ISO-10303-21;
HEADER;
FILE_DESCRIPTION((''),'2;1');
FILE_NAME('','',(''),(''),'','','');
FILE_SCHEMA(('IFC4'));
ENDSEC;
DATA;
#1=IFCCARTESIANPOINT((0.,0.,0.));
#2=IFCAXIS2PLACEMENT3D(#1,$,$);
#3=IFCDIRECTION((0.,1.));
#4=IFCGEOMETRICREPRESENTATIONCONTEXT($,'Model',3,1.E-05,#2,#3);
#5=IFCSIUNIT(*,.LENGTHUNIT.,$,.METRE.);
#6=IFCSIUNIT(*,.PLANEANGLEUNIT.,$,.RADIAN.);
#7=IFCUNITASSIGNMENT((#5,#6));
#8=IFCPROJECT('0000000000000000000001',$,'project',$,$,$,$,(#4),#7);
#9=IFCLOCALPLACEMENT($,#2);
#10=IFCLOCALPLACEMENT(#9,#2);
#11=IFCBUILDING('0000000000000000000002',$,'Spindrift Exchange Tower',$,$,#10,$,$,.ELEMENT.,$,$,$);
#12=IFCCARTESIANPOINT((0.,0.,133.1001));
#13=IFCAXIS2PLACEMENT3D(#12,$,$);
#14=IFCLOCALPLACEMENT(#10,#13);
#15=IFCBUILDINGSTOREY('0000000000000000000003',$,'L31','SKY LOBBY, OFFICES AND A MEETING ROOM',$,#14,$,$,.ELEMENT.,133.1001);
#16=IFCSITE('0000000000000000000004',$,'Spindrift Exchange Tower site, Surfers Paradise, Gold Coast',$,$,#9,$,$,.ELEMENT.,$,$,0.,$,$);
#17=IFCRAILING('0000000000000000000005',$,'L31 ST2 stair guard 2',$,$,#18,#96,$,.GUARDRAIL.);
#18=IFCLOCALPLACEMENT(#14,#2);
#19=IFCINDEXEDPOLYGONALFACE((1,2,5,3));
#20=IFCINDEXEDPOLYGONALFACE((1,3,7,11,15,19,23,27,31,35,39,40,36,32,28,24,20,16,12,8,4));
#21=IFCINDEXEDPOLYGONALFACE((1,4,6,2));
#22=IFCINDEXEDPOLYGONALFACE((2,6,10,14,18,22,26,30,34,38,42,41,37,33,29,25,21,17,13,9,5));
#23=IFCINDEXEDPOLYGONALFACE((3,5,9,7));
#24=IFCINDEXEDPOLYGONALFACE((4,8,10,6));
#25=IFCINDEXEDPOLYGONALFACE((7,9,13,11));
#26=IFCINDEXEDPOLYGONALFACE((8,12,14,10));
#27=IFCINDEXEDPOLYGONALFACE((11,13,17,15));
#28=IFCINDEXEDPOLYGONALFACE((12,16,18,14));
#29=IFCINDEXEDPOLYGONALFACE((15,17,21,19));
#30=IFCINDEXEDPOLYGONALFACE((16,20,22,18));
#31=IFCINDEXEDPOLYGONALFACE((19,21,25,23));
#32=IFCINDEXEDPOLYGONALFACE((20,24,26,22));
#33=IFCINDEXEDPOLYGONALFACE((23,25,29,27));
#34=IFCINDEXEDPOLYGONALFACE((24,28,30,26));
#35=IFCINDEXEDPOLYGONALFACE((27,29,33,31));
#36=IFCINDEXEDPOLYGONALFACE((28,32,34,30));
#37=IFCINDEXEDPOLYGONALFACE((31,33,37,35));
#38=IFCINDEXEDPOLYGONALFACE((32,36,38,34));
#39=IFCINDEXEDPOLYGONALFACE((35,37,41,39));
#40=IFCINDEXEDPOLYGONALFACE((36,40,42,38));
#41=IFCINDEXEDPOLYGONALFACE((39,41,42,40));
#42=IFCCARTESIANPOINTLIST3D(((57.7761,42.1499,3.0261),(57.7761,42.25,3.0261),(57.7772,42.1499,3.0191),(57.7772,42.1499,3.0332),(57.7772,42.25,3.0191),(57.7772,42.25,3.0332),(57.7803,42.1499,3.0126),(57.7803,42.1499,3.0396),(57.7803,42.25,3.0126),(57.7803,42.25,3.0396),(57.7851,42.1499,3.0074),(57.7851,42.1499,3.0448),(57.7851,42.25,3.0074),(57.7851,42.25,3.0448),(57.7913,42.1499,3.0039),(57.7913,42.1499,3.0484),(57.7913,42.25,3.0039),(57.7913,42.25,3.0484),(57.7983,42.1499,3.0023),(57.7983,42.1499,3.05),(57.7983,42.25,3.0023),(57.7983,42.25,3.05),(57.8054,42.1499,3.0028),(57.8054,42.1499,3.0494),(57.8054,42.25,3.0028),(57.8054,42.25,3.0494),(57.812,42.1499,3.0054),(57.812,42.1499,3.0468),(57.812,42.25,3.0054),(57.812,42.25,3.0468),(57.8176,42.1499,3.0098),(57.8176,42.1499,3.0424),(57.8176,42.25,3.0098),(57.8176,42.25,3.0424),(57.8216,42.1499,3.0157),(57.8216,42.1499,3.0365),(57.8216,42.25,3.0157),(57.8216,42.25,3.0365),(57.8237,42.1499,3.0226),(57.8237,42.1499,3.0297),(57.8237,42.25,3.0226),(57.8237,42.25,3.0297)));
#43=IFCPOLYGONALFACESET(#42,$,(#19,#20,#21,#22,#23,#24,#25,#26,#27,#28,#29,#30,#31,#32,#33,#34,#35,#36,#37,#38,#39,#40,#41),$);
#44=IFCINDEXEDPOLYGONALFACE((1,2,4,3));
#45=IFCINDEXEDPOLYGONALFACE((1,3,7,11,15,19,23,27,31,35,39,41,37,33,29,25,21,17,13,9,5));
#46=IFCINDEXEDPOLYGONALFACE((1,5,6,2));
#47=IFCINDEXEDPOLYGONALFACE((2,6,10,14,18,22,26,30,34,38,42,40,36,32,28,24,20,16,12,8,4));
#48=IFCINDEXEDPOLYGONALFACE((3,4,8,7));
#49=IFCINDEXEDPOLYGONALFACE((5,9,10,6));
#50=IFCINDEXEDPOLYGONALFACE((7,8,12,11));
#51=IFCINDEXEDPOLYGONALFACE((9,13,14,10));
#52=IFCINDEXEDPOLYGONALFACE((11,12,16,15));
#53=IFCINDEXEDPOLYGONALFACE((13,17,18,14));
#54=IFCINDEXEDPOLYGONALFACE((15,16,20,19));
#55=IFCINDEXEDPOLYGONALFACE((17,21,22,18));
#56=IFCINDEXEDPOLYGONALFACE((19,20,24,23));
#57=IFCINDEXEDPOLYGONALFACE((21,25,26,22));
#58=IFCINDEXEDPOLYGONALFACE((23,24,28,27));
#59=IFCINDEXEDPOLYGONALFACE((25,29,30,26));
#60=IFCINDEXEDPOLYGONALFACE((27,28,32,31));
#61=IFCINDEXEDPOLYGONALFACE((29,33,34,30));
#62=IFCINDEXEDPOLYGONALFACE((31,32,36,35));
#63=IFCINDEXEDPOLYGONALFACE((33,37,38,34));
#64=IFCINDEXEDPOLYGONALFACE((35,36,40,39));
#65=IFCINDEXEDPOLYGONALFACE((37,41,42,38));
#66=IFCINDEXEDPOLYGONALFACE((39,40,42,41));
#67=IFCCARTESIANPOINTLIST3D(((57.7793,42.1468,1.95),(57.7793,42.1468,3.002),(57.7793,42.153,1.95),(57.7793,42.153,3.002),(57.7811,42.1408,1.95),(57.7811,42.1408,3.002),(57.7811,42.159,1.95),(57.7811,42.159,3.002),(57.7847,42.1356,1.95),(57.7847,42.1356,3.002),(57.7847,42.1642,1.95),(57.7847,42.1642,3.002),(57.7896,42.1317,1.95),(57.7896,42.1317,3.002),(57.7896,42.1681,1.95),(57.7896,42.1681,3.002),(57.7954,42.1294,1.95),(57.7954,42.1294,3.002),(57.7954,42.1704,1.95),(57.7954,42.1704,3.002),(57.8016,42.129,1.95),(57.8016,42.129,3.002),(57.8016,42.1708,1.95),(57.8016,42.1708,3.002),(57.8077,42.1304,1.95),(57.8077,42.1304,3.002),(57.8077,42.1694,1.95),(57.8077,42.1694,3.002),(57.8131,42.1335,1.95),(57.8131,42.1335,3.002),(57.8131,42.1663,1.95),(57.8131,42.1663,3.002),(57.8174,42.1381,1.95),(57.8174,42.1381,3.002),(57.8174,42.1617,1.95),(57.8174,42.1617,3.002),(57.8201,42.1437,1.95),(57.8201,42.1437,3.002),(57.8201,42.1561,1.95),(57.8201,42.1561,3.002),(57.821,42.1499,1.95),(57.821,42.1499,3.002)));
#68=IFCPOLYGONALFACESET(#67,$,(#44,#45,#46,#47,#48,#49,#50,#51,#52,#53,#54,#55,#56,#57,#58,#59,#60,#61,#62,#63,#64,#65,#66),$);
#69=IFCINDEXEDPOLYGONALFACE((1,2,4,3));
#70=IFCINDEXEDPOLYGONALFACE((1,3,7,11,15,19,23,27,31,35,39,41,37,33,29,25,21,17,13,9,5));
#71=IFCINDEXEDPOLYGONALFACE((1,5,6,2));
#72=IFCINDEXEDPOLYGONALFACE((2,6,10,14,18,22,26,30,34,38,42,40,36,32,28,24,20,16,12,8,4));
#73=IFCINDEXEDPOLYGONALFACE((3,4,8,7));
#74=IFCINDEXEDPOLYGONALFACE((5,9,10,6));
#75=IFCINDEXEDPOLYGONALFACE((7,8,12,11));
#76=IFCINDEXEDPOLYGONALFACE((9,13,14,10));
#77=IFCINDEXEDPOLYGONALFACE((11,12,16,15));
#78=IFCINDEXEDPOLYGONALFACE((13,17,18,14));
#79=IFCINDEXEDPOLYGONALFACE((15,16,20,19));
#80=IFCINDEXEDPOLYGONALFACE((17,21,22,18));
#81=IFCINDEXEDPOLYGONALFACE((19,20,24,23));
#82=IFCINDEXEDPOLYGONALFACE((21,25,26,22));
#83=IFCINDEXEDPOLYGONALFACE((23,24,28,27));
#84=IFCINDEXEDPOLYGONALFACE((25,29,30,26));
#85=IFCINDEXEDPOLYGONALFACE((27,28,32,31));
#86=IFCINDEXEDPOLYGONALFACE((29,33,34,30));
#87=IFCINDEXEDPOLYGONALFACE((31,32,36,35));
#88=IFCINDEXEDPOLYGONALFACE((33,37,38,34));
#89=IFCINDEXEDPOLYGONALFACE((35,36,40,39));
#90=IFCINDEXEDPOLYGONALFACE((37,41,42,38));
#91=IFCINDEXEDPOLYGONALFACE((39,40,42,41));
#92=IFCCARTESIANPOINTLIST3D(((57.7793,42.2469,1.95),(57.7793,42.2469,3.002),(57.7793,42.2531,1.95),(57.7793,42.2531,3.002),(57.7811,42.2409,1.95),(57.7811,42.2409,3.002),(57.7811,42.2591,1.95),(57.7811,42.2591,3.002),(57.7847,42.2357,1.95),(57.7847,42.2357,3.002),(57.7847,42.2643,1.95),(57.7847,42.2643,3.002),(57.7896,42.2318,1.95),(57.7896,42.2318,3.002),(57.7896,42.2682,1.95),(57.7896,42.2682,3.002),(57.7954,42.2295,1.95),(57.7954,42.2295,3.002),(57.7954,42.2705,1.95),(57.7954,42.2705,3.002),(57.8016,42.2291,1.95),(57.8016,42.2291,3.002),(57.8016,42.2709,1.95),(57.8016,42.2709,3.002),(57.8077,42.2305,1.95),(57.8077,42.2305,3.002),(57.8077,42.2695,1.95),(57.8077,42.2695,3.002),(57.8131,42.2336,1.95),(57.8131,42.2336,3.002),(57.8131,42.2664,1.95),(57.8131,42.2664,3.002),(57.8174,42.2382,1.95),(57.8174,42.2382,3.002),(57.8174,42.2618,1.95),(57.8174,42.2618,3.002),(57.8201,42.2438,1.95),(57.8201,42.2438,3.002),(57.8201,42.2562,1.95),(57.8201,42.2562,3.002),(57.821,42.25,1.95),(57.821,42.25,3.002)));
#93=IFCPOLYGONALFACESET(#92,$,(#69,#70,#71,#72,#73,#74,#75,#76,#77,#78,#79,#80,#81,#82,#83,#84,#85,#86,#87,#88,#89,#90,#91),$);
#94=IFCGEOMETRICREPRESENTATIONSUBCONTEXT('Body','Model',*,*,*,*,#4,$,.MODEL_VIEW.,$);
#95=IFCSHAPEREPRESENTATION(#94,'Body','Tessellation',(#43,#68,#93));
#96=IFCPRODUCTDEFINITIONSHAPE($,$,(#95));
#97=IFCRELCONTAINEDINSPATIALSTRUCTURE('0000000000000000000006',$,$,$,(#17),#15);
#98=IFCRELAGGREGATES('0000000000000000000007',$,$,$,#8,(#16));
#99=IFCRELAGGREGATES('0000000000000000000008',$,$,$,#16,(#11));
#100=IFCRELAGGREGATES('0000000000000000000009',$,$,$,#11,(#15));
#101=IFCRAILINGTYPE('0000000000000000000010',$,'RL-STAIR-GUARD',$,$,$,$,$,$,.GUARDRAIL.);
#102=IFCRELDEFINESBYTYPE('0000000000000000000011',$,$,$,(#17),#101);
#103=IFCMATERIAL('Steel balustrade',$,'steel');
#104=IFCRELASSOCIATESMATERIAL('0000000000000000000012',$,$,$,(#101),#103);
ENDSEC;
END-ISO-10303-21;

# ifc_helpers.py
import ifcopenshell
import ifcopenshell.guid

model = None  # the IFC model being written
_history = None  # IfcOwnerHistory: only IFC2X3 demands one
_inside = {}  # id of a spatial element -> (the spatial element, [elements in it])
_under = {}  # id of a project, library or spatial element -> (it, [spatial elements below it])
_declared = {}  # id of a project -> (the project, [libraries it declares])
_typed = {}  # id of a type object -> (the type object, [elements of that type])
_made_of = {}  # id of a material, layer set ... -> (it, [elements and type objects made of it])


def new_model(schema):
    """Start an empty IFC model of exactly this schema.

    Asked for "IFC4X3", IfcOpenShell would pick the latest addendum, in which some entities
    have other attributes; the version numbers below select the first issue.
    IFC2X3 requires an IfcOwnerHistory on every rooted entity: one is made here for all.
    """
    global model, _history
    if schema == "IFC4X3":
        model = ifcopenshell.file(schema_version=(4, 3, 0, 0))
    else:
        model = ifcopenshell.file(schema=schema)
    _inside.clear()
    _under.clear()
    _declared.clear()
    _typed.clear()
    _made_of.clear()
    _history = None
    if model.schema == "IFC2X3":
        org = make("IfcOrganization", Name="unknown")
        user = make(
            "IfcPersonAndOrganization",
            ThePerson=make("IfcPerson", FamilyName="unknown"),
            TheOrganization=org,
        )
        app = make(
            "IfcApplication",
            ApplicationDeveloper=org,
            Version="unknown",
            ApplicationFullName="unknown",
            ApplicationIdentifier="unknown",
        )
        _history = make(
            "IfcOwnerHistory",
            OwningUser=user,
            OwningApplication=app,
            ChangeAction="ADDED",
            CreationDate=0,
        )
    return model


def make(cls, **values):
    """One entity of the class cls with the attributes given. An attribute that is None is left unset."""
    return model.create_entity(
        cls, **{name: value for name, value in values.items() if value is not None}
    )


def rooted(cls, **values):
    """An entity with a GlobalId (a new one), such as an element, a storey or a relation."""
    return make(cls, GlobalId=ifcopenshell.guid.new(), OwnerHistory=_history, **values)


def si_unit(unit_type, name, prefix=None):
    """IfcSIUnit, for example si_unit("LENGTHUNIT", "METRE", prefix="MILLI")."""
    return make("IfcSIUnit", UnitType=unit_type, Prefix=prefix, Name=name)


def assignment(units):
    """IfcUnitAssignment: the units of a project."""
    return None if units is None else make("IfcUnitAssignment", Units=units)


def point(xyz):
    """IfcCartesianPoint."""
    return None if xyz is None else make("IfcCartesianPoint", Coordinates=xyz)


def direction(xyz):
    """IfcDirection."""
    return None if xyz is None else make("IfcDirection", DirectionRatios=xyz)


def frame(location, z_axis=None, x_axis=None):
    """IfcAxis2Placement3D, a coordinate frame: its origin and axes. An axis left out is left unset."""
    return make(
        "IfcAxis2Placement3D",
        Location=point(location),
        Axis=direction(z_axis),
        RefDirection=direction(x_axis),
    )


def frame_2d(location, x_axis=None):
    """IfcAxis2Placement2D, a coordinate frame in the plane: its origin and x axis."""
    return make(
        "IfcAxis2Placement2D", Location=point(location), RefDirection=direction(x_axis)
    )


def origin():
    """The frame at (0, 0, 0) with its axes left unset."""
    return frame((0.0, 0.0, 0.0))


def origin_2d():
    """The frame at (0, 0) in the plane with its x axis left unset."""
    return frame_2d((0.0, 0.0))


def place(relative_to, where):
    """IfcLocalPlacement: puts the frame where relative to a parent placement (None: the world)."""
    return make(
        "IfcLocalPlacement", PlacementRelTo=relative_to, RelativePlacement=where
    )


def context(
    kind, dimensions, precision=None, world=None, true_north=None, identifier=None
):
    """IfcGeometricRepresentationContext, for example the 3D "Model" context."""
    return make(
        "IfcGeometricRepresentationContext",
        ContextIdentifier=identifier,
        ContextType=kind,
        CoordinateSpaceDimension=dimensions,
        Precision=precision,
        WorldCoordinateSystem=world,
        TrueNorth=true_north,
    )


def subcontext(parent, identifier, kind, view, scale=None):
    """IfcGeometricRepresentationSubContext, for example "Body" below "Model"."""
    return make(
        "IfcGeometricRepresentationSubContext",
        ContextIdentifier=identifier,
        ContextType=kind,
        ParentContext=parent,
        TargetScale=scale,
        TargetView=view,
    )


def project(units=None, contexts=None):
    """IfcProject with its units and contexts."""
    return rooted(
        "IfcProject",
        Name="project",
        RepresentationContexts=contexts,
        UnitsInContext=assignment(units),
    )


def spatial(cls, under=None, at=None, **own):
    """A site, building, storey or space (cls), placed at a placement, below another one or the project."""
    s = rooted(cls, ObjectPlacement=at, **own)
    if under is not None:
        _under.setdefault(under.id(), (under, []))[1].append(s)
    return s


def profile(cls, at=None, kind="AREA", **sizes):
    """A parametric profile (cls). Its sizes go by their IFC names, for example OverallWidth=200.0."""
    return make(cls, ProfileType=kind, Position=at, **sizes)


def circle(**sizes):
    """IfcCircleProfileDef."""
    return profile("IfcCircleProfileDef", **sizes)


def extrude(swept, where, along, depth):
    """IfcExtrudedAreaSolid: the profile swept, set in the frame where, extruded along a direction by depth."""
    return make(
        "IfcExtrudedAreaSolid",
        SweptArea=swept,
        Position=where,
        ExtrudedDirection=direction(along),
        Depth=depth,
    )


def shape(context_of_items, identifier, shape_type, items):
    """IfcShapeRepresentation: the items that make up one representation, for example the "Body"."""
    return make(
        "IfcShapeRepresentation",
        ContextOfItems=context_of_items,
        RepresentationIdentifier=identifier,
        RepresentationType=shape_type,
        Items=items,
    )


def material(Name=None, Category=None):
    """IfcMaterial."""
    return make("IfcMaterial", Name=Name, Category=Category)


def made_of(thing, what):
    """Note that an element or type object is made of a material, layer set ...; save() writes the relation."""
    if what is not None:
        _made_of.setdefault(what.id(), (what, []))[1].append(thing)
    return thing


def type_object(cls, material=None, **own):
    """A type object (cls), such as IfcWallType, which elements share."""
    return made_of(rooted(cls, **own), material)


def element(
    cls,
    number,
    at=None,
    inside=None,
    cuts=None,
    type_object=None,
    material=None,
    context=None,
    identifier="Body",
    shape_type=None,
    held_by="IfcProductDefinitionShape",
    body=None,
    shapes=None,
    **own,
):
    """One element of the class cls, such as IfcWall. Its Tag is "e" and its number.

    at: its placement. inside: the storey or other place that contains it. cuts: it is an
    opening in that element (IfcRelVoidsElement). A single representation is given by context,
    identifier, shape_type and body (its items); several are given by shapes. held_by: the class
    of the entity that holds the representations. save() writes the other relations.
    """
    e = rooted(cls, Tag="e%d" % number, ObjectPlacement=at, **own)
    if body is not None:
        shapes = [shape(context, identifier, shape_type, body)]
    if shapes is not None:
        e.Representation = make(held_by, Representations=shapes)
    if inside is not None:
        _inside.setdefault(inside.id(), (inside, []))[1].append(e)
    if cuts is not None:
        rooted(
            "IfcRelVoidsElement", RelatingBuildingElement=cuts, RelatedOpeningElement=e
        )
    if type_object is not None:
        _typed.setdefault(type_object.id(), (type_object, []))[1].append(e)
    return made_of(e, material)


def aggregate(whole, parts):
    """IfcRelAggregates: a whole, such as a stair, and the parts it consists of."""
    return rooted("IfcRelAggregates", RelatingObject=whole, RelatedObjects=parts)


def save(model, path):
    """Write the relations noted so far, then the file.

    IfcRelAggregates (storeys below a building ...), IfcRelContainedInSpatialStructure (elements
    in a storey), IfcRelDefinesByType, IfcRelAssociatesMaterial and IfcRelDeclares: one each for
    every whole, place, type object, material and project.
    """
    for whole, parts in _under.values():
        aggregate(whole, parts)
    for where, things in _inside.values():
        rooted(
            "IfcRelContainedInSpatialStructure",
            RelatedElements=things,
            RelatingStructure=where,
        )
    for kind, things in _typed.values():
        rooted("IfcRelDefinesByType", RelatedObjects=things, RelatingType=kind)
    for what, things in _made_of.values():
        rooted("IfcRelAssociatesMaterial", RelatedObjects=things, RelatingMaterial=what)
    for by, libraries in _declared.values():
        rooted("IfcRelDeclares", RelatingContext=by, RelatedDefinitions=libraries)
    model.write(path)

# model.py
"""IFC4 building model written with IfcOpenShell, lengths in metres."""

from ifc_helpers import new_model, si_unit, direction, frame, origin, origin_2d, place, context, subcontext, project, spatial, circle, extrude, material, type_object, element, save


model = new_model("IFC4")

# Units and contexts
model_context = context("Model", 3, precision=1e-05, world=origin(), true_north=direction((0.0, 1.0)))
body_context = subcontext(model_context, "Body", "Model", "MODEL_VIEW")
ifc_project = project(units=[si_unit("LENGTHUNIT", "METRE"), si_unit("PLANEANGLEUNIT", "RADIAN")], contexts=[model_context])

# Site, building, storey
site_placement = place(None, origin())
site = spatial("IfcSite", under=ifc_project, at=site_placement, Name="Spindrift Exchange Tower site, Surfers Paradise, Gold Coast", CompositionType="ELEMENT", RefElevation=0.0)
building_placement = place(site_placement, origin())
building = spatial("IfcBuilding", under=site, at=building_placement, Name="Spindrift Exchange Tower", CompositionType="ELEMENT")
storey_placement = place(building_placement, frame((0.0, 0.0, 133.1001)))
storey = spatial("IfcBuildingStorey", under=building, at=storey_placement, Name="L31", Description="SKY LOBBY, OFFICES AND A MEETING ROOM", CompositionType="ELEMENT", Elevation=133.1001)

# Railing
ifc_material_1 = material(Name="Steel balustrade", Category="steel")
railing_type_1 = type_object("IfcRailingType", Name="RL-STAIR-GUARD", PredefinedType="GUARDRAIL", material=ifc_material_1)
railing_1_placement = place(storey_placement, frame((57.8, 42.1499, 1.95)))
element("IfcRailing", 1, at=railing_1_placement, inside=storey, type_object=railing_type_1, Name="L31 ST2 stair guard 2", PredefinedType="GUARDRAIL", context=body_context, shape_type="SweptSolid", body=[
    extrude(circle(Radius=0.0239, at=origin_2d()), frame((0.0, 0.0, 1.0762), z_axis=(0.0, 1.0, 0.0), x_axis=(-1.0, 0.0, 0.0)), (0.0, 0.0, 1.0), 0.1001),
    extrude(circle(Radius=0.021, at=origin_2d()), origin(), (0.0, 0.0, 1.0), 1.052),
    extrude(circle(Radius=0.021, at=origin_2d()), frame((0.0, 0.1001, 0.0)), (0.0, 0.0, 1.0), 1.052),
])

save(model, "model.ifc")
